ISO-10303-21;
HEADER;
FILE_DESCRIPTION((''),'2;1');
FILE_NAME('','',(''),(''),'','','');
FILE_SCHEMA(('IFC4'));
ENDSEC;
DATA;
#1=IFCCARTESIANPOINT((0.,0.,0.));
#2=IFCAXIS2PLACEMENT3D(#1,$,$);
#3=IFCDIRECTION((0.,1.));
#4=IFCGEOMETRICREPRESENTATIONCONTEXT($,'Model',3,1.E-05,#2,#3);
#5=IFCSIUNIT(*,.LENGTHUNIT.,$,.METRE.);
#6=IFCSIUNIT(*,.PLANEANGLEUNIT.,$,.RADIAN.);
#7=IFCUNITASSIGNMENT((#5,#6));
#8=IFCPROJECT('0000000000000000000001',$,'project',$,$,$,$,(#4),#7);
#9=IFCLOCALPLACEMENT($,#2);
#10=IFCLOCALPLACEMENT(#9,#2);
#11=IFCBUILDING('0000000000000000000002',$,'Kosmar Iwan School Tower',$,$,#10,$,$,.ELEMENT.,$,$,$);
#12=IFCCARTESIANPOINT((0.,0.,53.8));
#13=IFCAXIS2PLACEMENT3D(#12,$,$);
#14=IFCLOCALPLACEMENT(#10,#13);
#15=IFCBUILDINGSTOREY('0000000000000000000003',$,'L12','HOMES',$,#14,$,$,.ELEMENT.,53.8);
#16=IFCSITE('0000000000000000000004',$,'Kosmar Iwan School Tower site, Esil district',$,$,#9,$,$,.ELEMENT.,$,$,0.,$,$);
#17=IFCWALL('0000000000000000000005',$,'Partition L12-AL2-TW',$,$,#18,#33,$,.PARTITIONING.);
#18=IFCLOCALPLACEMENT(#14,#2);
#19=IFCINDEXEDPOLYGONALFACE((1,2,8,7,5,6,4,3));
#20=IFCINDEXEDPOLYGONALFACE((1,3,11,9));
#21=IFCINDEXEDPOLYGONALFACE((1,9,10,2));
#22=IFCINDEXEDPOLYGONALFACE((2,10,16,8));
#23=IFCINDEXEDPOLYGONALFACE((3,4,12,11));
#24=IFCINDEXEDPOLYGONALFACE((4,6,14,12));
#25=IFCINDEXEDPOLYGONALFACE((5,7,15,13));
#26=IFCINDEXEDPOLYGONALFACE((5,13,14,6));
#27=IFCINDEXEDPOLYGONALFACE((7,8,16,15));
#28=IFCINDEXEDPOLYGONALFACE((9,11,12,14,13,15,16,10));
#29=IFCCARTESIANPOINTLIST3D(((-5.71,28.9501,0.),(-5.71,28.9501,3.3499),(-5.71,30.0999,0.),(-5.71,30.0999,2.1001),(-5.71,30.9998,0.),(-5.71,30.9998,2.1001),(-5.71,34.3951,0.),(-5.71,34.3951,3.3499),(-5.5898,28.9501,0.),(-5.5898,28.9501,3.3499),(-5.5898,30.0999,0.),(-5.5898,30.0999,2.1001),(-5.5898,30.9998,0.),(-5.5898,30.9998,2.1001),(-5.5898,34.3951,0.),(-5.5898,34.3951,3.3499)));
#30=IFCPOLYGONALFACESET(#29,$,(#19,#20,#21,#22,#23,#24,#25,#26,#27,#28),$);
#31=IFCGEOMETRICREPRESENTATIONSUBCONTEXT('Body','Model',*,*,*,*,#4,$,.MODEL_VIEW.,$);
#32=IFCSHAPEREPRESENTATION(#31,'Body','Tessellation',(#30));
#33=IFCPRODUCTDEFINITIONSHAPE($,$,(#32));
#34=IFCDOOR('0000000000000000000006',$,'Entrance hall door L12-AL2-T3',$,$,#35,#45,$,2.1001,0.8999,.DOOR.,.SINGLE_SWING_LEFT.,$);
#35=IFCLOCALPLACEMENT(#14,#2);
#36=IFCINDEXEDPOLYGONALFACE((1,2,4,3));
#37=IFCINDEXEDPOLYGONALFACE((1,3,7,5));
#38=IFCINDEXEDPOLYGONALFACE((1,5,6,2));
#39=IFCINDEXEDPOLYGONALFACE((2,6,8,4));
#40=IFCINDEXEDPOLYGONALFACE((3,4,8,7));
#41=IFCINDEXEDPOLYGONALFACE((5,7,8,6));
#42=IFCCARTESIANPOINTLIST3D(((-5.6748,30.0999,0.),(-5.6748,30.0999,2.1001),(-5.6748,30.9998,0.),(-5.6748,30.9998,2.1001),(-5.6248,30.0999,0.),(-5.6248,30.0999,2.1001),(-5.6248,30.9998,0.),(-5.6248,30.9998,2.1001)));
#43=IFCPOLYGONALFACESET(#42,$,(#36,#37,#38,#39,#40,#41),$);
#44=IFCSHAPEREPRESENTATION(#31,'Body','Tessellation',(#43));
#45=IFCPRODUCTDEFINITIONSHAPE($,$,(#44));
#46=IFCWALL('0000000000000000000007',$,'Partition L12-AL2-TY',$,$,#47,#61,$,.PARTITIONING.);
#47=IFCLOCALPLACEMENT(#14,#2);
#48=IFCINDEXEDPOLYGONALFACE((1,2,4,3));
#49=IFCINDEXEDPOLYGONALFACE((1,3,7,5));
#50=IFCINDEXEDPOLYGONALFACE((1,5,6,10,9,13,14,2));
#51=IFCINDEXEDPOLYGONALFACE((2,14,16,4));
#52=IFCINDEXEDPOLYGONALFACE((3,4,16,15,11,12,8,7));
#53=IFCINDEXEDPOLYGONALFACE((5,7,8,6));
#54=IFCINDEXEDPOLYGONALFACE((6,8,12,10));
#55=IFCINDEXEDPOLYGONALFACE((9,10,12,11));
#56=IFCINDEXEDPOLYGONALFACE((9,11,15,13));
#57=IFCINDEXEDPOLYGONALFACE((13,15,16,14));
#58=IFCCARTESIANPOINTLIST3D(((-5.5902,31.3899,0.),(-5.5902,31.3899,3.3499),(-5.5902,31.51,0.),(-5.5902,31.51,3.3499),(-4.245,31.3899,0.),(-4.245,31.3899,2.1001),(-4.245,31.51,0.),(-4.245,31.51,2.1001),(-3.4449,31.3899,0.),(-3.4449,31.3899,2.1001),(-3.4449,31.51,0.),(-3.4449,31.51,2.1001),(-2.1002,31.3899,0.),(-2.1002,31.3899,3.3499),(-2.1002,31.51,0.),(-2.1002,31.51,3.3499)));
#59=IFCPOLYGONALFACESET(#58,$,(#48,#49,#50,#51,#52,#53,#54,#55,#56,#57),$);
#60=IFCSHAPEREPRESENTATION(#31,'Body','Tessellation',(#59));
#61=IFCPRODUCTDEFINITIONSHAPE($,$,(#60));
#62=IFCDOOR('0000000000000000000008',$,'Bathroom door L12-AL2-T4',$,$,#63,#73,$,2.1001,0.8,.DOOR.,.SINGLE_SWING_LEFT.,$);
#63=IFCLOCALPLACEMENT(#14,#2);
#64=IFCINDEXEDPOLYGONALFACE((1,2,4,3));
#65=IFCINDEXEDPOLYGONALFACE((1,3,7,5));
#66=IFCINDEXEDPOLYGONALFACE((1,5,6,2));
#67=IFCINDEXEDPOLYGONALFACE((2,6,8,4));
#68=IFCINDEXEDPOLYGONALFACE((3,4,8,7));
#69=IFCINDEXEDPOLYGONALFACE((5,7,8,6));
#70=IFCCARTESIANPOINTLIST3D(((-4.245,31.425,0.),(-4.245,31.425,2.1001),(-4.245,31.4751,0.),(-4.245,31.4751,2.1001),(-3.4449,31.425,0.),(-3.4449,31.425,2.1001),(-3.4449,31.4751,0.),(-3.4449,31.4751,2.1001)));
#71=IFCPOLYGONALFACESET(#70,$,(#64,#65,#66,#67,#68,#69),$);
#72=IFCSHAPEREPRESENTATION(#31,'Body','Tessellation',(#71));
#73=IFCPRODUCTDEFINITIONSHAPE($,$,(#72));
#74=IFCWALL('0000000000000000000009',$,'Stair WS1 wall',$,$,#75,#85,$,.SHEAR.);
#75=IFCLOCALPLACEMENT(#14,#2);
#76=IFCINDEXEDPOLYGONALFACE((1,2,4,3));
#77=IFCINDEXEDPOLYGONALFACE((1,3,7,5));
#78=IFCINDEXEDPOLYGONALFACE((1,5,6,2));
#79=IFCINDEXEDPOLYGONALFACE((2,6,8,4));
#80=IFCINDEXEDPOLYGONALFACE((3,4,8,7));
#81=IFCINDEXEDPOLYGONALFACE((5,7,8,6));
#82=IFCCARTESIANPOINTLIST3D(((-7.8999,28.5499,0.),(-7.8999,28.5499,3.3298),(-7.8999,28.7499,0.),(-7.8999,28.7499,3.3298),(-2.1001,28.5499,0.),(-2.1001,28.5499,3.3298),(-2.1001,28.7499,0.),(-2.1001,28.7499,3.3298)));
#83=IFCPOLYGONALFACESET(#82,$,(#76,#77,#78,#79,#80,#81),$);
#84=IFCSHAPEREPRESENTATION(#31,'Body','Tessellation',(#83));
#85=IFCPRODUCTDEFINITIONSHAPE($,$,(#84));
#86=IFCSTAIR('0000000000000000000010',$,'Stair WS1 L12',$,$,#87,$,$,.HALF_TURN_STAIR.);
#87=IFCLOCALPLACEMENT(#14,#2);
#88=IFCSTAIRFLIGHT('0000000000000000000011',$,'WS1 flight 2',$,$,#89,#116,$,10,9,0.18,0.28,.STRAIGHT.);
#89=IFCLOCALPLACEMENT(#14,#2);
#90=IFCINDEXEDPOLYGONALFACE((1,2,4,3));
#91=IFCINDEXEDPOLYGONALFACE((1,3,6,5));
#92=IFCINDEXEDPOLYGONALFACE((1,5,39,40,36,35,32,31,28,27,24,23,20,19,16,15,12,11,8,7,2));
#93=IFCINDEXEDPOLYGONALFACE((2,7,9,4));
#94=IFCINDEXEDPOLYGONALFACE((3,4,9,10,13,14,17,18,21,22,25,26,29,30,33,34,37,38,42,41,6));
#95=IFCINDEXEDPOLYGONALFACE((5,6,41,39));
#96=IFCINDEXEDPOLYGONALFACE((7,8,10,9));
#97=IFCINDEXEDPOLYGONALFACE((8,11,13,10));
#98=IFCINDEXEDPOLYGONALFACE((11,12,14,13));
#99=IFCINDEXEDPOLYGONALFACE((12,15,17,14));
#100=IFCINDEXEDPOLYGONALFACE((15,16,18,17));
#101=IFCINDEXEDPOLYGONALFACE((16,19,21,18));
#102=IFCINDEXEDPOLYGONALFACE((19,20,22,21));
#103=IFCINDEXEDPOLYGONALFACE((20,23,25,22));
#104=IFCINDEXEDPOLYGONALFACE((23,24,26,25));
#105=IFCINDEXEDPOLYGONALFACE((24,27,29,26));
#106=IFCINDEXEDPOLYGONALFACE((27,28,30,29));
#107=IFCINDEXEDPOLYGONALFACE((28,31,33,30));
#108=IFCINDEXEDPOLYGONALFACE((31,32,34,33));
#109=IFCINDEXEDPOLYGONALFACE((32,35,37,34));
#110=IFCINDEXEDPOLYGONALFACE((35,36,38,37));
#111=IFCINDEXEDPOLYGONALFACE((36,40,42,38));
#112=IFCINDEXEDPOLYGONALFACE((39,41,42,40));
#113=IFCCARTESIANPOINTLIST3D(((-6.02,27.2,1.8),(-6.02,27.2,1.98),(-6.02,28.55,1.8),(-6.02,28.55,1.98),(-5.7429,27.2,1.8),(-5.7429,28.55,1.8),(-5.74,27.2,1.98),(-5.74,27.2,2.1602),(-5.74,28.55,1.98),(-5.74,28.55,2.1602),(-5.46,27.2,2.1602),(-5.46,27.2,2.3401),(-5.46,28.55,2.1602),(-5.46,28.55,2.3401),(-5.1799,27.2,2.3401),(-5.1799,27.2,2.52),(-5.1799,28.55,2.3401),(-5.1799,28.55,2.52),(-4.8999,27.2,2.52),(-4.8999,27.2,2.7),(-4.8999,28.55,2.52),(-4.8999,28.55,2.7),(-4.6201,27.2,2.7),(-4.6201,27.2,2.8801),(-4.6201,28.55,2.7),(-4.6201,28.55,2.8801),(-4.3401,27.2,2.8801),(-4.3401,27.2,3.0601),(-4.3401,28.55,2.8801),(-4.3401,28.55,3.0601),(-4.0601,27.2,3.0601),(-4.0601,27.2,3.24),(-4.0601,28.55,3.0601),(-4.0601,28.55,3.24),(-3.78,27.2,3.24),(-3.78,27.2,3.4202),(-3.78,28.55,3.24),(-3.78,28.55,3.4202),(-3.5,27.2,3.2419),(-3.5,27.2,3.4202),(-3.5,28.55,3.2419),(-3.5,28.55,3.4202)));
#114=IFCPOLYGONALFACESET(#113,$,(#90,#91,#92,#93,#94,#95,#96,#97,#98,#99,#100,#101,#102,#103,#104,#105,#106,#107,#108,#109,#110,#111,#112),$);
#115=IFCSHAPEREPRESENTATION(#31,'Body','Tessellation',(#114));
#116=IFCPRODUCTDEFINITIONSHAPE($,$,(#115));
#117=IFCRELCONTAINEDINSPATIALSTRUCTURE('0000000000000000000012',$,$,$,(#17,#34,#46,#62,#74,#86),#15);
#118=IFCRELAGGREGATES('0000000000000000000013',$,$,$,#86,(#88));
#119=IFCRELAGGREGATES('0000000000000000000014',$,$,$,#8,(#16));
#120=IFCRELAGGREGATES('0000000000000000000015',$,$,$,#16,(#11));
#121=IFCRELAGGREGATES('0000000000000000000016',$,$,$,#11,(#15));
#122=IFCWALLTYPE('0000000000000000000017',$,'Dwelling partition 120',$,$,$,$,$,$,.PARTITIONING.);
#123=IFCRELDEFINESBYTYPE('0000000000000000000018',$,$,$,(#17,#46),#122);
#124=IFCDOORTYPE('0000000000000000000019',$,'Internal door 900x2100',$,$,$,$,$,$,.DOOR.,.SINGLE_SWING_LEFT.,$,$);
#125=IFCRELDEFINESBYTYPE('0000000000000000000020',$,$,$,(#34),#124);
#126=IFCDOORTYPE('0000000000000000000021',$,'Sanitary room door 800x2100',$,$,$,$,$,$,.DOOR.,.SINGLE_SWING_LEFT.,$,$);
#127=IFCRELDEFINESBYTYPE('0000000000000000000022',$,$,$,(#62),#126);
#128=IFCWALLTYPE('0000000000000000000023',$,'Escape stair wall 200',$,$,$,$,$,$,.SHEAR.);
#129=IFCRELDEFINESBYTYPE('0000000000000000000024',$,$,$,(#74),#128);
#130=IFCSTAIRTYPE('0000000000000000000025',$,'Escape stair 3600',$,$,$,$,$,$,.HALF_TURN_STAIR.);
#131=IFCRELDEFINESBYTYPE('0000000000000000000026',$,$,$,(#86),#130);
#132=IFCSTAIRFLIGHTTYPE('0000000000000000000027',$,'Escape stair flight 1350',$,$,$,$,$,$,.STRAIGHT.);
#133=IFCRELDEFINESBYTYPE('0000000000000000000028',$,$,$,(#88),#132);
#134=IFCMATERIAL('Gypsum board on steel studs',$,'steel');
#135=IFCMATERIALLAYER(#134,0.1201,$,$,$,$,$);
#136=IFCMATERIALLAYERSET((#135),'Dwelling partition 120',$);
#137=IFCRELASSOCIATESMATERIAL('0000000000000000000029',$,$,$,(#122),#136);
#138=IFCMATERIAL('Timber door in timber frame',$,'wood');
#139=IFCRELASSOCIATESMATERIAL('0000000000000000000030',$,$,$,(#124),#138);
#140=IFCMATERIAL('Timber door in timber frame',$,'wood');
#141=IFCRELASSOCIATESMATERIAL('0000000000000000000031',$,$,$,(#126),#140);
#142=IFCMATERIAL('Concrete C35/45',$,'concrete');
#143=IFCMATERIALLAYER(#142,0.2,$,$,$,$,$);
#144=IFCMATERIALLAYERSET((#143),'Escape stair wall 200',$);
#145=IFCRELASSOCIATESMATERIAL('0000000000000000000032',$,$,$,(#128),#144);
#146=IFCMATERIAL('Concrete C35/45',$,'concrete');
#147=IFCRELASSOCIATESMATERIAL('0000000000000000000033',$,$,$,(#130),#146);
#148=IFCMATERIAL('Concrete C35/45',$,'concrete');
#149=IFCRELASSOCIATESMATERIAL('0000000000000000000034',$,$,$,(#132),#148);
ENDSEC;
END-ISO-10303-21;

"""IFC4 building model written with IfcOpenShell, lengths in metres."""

from ifc_helpers import new_model, si_unit, direction, frame, frame_2d, origin, place, context, subcontext, project, spatial, polyline, rectangle, outline, extrude, material, layer, layer_set, type_object, element, fill, aggregate, save


model = new_model("IFC4")

# Units and contexts
model_context = context("Model", 3, precision=1e-05, world=origin(), true_north=direction((0.0, 1.0)))
body_context = subcontext(model_context, "Body", "Model", "MODEL_VIEW")
ifc_project = project(units=[si_unit("LENGTHUNIT", "METRE"), si_unit("PLANEANGLEUNIT", "RADIAN")], contexts=[model_context])

# Site, building, storey
site_placement = place(None, origin())
site = spatial("IfcSite", under=ifc_project, at=site_placement, Name="Kosmar Iwan School Tower site, Esil district", CompositionType="ELEMENT", RefElevation=0.0)
building_placement = place(site_placement, origin())
building = spatial("IfcBuilding", under=site, at=building_placement, Name="Kosmar Iwan School Tower", CompositionType="ELEMENT")
storey_placement = place(building_placement, frame((0.0, 0.0, 53.8)))
storey = spatial("IfcBuildingStorey", under=building, at=storey_placement, Name="L12", Description="HOMES", CompositionType="ELEMENT", Elevation=53.8)

# Walls, openings, doors
ifc_material_1 = material(Name="Gypsum board on steel studs", Category="steel")
ifc_layer_1 = layer(ifc_material_1, 0.1201)
ifc_layer_set_1 = layer_set([ifc_layer_1], Name="Dwelling partition 120")
wall_type_1 = type_object("IfcWallType", Name="Dwelling partition 120", PredefinedType="PARTITIONING", material=ifc_layer_set_1)
ifc_material_2 = material(Name="Timber door in timber frame", Category="wood")
door_type_1 = type_object("IfcDoorType", Name="Internal door 900x2100", OperationType="SINGLE_SWING_LEFT", PredefinedType="DOOR", material=ifc_material_2)
wall_1_placement = place(storey_placement, frame((-5.6499, 28.95, 0.0), z_axis=(0.0, 0.0, 1.0), x_axis=(0.0, 1.0, 0.0)))
wall_1 = element("IfcWall", 1, at=wall_1_placement, inside=storey, type_object=wall_type_1, Name="Partition L12-AL2-TW", PredefinedType="PARTITIONING", context=body_context, shape_type="SweptSolid", body=[
    extrude(rectangle(XDim=5.4451, YDim=0.1201, at=frame_2d((2.7227, 0.0))), origin(), (0.0, 0.0, 1.0), 3.3499),
])
opening_1_placement = place(wall_1_placement, frame((1.1499, 0.0, 0.0)))
opening_1 = element("IfcOpeningElement", 2, at=opening_1_placement, cuts=wall_1, PredefinedType="OPENING", context=body_context, shape_type="SweptSolid", body=[
    extrude(rectangle(XDim=0.8999, YDim=2.1001, at=frame_2d((0.45, 1.05))), frame((0.0, 0.072, 0.0), z_axis=(0.0, -1.0, 0.0), x_axis=(1.0, 0.0, 0.0)), (0.0, 0.0, 1.0), 0.144),
])
door_1_placement = place(opening_1_placement, origin())
door_1 = element("IfcDoor", 3, at=door_1_placement, inside=storey, type_object=door_type_1, Name="Entrance hall door L12-AL2-T3", OperationType="SINGLE_SWING_LEFT", OverallHeight=2.1001, OverallWidth=0.8999, PredefinedType="DOOR", context=body_context, shape_type="SweptSolid", body=[
    extrude(rectangle(XDim=0.8999, YDim=2.1001, at=frame_2d((0.45, 1.05))), frame((0.0, 0.0249, 0.0), z_axis=(0.0, -1.0, 0.0), x_axis=(1.0, 0.0, 0.0)), (0.0, 0.0, 1.0), 0.05),
])
fill(opening_1, door_1)
wall_2_placement = place(storey_placement, frame((-2.1001, 31.45, 0.0), z_axis=(0.0, 0.0, 1.0), x_axis=(-1.0, 0.0, 0.0)))
wall_2 = element("IfcWall", 4, at=wall_2_placement, inside=storey, type_object=wall_type_1, Name="Partition L12-AL2-TY", PredefinedType="PARTITIONING", context=body_context, shape_type="SweptSolid", body=[
    extrude(rectangle(XDim=3.49, YDim=0.1201, at=frame_2d((1.7451, 0.0))), origin(), (0.0, 0.0, 1.0), 3.3499),
])
opening_2_placement = place(wall_2_placement, frame((1.345, 0.0, 0.0)))
opening_2 = element("IfcOpeningElement", 5, at=opening_2_placement, cuts=wall_2, PredefinedType="OPENING", context=body_context, shape_type="SweptSolid", body=[
    extrude(rectangle(XDim=0.8, YDim=2.1001, at=frame_2d((0.3999, 1.05))), frame((0.0, 0.072, 0.0), z_axis=(0.0, -1.0, 0.0), x_axis=(1.0, 0.0, 0.0)), (0.0, 0.0, 1.0), 0.144),
])
ifc_material_3 = material(Name="Timber door in timber frame", Category="wood")
door_type_2 = type_object("IfcDoorType", Name="Sanitary room door 800x2100", OperationType="SINGLE_SWING_LEFT", PredefinedType="DOOR", material=ifc_material_3)
door_2_placement = place(opening_2_placement, origin())
door_2 = element("IfcDoor", 6, at=door_2_placement, inside=storey, type_object=door_type_2, Name="Bathroom door L12-AL2-T4", OperationType="SINGLE_SWING_LEFT", OverallHeight=2.1001, OverallWidth=0.8, PredefinedType="DOOR", context=body_context, shape_type="SweptSolid", body=[
    extrude(rectangle(XDim=0.8, YDim=2.1001, at=frame_2d((0.3999, 1.05))), frame((0.0, 0.0249, 0.0), z_axis=(0.0, -1.0, 0.0), x_axis=(1.0, 0.0, 0.0)), (0.0, 0.0, 1.0), 0.05),
])
fill(opening_2, door_2)

# Wall
ifc_material_4 = material(Name="Concrete C35/45", Category="concrete")
ifc_layer_2 = layer(ifc_material_4, 0.2)
ifc_layer_set_2 = layer_set([ifc_layer_2], Name="Escape stair wall 200")
wall_type_2 = type_object("IfcWallType", Name="Escape stair wall 200", PredefinedType="SHEAR", material=ifc_layer_set_2)
wall_3_placement = place(storey_placement, frame((-2.1001, 28.6499, 0.0), z_axis=(0.0, 0.0, 1.0), x_axis=(-1.0, 0.0, 0.0)))
element("IfcWall", 7, at=wall_3_placement, inside=storey, type_object=wall_type_2, Name="Stair WS1 wall", PredefinedType="SHEAR", context=body_context, shape_type="SweptSolid", body=[
    extrude(rectangle(XDim=5.7998, YDim=0.2, at=frame_2d((2.8999, 0.0))), origin(), (0.0, 0.0, 1.0), 3.3298),
])

# Stair, stair flight
ifc_material_5 = material(Name="Concrete C35/45", Category="concrete")
stair_type = type_object("IfcStairType", Name="Escape stair 3600", PredefinedType="HALF_TURN_STAIR", material=ifc_material_5)
stair_placement = place(storey_placement, origin())
stair = element("IfcStair", 8, at=stair_placement, inside=storey, type_object=stair_type, Name="Stair WS1 L12", PredefinedType="HALF_TURN_STAIR")
ifc_material_6 = material(Name="Concrete C35/45", Category="concrete")
stair_flight_type = type_object("IfcStairFlightType", Name="Escape stair flight 1350", PredefinedType="STRAIGHT", material=ifc_material_6)
stair_flight_placement = place(storey_placement, frame((-6.02, 27.875, 1.8), z_axis=(0.0, 0.0, 1.0), x_axis=(1.0, 0.0, 0.0)))
stair_flight = element("IfcStairFlight", 9, at=stair_flight_placement, type_object=stair_flight_type, Name="WS1 flight 2", NumberOfRisers=10, NumberOfTreads=9, PredefinedType="STRAIGHT", RiserHeight=0.18, TreadLength=0.28, context=body_context, shape_type="SweptSolid", body=[
    extrude(outline(polyline([(0.0, 0.0), (0.0, 0.1799), (0.28, 0.1799), (0.28, 0.3601), (0.5601, 0.3601), (0.5601, 0.54), (0.8401, 0.54), (0.8401, 0.72), (1.1201, 0.72), (1.1201, 0.8999), (1.3999, 0.8999), (1.3999, 1.0801), (1.6799, 1.0801), (1.6799, 1.26), (1.96, 1.26), (1.96, 1.4399), (2.24, 1.4399), (2.24, 1.6201), (2.52, 1.6201), (2.52, 1.8), (2.52, 1.4419), (0.2771, 0.0), (0.0, 0.0)])), frame((0.0, 0.675, 0.0), z_axis=(0.0, -1.0, 0.0), x_axis=(1.0, 0.0, 0.0)), (0.0, 0.0, 1.0), 1.3501),
])
aggregate(stair, [stair_flight])

save(model, "model.ifc")
